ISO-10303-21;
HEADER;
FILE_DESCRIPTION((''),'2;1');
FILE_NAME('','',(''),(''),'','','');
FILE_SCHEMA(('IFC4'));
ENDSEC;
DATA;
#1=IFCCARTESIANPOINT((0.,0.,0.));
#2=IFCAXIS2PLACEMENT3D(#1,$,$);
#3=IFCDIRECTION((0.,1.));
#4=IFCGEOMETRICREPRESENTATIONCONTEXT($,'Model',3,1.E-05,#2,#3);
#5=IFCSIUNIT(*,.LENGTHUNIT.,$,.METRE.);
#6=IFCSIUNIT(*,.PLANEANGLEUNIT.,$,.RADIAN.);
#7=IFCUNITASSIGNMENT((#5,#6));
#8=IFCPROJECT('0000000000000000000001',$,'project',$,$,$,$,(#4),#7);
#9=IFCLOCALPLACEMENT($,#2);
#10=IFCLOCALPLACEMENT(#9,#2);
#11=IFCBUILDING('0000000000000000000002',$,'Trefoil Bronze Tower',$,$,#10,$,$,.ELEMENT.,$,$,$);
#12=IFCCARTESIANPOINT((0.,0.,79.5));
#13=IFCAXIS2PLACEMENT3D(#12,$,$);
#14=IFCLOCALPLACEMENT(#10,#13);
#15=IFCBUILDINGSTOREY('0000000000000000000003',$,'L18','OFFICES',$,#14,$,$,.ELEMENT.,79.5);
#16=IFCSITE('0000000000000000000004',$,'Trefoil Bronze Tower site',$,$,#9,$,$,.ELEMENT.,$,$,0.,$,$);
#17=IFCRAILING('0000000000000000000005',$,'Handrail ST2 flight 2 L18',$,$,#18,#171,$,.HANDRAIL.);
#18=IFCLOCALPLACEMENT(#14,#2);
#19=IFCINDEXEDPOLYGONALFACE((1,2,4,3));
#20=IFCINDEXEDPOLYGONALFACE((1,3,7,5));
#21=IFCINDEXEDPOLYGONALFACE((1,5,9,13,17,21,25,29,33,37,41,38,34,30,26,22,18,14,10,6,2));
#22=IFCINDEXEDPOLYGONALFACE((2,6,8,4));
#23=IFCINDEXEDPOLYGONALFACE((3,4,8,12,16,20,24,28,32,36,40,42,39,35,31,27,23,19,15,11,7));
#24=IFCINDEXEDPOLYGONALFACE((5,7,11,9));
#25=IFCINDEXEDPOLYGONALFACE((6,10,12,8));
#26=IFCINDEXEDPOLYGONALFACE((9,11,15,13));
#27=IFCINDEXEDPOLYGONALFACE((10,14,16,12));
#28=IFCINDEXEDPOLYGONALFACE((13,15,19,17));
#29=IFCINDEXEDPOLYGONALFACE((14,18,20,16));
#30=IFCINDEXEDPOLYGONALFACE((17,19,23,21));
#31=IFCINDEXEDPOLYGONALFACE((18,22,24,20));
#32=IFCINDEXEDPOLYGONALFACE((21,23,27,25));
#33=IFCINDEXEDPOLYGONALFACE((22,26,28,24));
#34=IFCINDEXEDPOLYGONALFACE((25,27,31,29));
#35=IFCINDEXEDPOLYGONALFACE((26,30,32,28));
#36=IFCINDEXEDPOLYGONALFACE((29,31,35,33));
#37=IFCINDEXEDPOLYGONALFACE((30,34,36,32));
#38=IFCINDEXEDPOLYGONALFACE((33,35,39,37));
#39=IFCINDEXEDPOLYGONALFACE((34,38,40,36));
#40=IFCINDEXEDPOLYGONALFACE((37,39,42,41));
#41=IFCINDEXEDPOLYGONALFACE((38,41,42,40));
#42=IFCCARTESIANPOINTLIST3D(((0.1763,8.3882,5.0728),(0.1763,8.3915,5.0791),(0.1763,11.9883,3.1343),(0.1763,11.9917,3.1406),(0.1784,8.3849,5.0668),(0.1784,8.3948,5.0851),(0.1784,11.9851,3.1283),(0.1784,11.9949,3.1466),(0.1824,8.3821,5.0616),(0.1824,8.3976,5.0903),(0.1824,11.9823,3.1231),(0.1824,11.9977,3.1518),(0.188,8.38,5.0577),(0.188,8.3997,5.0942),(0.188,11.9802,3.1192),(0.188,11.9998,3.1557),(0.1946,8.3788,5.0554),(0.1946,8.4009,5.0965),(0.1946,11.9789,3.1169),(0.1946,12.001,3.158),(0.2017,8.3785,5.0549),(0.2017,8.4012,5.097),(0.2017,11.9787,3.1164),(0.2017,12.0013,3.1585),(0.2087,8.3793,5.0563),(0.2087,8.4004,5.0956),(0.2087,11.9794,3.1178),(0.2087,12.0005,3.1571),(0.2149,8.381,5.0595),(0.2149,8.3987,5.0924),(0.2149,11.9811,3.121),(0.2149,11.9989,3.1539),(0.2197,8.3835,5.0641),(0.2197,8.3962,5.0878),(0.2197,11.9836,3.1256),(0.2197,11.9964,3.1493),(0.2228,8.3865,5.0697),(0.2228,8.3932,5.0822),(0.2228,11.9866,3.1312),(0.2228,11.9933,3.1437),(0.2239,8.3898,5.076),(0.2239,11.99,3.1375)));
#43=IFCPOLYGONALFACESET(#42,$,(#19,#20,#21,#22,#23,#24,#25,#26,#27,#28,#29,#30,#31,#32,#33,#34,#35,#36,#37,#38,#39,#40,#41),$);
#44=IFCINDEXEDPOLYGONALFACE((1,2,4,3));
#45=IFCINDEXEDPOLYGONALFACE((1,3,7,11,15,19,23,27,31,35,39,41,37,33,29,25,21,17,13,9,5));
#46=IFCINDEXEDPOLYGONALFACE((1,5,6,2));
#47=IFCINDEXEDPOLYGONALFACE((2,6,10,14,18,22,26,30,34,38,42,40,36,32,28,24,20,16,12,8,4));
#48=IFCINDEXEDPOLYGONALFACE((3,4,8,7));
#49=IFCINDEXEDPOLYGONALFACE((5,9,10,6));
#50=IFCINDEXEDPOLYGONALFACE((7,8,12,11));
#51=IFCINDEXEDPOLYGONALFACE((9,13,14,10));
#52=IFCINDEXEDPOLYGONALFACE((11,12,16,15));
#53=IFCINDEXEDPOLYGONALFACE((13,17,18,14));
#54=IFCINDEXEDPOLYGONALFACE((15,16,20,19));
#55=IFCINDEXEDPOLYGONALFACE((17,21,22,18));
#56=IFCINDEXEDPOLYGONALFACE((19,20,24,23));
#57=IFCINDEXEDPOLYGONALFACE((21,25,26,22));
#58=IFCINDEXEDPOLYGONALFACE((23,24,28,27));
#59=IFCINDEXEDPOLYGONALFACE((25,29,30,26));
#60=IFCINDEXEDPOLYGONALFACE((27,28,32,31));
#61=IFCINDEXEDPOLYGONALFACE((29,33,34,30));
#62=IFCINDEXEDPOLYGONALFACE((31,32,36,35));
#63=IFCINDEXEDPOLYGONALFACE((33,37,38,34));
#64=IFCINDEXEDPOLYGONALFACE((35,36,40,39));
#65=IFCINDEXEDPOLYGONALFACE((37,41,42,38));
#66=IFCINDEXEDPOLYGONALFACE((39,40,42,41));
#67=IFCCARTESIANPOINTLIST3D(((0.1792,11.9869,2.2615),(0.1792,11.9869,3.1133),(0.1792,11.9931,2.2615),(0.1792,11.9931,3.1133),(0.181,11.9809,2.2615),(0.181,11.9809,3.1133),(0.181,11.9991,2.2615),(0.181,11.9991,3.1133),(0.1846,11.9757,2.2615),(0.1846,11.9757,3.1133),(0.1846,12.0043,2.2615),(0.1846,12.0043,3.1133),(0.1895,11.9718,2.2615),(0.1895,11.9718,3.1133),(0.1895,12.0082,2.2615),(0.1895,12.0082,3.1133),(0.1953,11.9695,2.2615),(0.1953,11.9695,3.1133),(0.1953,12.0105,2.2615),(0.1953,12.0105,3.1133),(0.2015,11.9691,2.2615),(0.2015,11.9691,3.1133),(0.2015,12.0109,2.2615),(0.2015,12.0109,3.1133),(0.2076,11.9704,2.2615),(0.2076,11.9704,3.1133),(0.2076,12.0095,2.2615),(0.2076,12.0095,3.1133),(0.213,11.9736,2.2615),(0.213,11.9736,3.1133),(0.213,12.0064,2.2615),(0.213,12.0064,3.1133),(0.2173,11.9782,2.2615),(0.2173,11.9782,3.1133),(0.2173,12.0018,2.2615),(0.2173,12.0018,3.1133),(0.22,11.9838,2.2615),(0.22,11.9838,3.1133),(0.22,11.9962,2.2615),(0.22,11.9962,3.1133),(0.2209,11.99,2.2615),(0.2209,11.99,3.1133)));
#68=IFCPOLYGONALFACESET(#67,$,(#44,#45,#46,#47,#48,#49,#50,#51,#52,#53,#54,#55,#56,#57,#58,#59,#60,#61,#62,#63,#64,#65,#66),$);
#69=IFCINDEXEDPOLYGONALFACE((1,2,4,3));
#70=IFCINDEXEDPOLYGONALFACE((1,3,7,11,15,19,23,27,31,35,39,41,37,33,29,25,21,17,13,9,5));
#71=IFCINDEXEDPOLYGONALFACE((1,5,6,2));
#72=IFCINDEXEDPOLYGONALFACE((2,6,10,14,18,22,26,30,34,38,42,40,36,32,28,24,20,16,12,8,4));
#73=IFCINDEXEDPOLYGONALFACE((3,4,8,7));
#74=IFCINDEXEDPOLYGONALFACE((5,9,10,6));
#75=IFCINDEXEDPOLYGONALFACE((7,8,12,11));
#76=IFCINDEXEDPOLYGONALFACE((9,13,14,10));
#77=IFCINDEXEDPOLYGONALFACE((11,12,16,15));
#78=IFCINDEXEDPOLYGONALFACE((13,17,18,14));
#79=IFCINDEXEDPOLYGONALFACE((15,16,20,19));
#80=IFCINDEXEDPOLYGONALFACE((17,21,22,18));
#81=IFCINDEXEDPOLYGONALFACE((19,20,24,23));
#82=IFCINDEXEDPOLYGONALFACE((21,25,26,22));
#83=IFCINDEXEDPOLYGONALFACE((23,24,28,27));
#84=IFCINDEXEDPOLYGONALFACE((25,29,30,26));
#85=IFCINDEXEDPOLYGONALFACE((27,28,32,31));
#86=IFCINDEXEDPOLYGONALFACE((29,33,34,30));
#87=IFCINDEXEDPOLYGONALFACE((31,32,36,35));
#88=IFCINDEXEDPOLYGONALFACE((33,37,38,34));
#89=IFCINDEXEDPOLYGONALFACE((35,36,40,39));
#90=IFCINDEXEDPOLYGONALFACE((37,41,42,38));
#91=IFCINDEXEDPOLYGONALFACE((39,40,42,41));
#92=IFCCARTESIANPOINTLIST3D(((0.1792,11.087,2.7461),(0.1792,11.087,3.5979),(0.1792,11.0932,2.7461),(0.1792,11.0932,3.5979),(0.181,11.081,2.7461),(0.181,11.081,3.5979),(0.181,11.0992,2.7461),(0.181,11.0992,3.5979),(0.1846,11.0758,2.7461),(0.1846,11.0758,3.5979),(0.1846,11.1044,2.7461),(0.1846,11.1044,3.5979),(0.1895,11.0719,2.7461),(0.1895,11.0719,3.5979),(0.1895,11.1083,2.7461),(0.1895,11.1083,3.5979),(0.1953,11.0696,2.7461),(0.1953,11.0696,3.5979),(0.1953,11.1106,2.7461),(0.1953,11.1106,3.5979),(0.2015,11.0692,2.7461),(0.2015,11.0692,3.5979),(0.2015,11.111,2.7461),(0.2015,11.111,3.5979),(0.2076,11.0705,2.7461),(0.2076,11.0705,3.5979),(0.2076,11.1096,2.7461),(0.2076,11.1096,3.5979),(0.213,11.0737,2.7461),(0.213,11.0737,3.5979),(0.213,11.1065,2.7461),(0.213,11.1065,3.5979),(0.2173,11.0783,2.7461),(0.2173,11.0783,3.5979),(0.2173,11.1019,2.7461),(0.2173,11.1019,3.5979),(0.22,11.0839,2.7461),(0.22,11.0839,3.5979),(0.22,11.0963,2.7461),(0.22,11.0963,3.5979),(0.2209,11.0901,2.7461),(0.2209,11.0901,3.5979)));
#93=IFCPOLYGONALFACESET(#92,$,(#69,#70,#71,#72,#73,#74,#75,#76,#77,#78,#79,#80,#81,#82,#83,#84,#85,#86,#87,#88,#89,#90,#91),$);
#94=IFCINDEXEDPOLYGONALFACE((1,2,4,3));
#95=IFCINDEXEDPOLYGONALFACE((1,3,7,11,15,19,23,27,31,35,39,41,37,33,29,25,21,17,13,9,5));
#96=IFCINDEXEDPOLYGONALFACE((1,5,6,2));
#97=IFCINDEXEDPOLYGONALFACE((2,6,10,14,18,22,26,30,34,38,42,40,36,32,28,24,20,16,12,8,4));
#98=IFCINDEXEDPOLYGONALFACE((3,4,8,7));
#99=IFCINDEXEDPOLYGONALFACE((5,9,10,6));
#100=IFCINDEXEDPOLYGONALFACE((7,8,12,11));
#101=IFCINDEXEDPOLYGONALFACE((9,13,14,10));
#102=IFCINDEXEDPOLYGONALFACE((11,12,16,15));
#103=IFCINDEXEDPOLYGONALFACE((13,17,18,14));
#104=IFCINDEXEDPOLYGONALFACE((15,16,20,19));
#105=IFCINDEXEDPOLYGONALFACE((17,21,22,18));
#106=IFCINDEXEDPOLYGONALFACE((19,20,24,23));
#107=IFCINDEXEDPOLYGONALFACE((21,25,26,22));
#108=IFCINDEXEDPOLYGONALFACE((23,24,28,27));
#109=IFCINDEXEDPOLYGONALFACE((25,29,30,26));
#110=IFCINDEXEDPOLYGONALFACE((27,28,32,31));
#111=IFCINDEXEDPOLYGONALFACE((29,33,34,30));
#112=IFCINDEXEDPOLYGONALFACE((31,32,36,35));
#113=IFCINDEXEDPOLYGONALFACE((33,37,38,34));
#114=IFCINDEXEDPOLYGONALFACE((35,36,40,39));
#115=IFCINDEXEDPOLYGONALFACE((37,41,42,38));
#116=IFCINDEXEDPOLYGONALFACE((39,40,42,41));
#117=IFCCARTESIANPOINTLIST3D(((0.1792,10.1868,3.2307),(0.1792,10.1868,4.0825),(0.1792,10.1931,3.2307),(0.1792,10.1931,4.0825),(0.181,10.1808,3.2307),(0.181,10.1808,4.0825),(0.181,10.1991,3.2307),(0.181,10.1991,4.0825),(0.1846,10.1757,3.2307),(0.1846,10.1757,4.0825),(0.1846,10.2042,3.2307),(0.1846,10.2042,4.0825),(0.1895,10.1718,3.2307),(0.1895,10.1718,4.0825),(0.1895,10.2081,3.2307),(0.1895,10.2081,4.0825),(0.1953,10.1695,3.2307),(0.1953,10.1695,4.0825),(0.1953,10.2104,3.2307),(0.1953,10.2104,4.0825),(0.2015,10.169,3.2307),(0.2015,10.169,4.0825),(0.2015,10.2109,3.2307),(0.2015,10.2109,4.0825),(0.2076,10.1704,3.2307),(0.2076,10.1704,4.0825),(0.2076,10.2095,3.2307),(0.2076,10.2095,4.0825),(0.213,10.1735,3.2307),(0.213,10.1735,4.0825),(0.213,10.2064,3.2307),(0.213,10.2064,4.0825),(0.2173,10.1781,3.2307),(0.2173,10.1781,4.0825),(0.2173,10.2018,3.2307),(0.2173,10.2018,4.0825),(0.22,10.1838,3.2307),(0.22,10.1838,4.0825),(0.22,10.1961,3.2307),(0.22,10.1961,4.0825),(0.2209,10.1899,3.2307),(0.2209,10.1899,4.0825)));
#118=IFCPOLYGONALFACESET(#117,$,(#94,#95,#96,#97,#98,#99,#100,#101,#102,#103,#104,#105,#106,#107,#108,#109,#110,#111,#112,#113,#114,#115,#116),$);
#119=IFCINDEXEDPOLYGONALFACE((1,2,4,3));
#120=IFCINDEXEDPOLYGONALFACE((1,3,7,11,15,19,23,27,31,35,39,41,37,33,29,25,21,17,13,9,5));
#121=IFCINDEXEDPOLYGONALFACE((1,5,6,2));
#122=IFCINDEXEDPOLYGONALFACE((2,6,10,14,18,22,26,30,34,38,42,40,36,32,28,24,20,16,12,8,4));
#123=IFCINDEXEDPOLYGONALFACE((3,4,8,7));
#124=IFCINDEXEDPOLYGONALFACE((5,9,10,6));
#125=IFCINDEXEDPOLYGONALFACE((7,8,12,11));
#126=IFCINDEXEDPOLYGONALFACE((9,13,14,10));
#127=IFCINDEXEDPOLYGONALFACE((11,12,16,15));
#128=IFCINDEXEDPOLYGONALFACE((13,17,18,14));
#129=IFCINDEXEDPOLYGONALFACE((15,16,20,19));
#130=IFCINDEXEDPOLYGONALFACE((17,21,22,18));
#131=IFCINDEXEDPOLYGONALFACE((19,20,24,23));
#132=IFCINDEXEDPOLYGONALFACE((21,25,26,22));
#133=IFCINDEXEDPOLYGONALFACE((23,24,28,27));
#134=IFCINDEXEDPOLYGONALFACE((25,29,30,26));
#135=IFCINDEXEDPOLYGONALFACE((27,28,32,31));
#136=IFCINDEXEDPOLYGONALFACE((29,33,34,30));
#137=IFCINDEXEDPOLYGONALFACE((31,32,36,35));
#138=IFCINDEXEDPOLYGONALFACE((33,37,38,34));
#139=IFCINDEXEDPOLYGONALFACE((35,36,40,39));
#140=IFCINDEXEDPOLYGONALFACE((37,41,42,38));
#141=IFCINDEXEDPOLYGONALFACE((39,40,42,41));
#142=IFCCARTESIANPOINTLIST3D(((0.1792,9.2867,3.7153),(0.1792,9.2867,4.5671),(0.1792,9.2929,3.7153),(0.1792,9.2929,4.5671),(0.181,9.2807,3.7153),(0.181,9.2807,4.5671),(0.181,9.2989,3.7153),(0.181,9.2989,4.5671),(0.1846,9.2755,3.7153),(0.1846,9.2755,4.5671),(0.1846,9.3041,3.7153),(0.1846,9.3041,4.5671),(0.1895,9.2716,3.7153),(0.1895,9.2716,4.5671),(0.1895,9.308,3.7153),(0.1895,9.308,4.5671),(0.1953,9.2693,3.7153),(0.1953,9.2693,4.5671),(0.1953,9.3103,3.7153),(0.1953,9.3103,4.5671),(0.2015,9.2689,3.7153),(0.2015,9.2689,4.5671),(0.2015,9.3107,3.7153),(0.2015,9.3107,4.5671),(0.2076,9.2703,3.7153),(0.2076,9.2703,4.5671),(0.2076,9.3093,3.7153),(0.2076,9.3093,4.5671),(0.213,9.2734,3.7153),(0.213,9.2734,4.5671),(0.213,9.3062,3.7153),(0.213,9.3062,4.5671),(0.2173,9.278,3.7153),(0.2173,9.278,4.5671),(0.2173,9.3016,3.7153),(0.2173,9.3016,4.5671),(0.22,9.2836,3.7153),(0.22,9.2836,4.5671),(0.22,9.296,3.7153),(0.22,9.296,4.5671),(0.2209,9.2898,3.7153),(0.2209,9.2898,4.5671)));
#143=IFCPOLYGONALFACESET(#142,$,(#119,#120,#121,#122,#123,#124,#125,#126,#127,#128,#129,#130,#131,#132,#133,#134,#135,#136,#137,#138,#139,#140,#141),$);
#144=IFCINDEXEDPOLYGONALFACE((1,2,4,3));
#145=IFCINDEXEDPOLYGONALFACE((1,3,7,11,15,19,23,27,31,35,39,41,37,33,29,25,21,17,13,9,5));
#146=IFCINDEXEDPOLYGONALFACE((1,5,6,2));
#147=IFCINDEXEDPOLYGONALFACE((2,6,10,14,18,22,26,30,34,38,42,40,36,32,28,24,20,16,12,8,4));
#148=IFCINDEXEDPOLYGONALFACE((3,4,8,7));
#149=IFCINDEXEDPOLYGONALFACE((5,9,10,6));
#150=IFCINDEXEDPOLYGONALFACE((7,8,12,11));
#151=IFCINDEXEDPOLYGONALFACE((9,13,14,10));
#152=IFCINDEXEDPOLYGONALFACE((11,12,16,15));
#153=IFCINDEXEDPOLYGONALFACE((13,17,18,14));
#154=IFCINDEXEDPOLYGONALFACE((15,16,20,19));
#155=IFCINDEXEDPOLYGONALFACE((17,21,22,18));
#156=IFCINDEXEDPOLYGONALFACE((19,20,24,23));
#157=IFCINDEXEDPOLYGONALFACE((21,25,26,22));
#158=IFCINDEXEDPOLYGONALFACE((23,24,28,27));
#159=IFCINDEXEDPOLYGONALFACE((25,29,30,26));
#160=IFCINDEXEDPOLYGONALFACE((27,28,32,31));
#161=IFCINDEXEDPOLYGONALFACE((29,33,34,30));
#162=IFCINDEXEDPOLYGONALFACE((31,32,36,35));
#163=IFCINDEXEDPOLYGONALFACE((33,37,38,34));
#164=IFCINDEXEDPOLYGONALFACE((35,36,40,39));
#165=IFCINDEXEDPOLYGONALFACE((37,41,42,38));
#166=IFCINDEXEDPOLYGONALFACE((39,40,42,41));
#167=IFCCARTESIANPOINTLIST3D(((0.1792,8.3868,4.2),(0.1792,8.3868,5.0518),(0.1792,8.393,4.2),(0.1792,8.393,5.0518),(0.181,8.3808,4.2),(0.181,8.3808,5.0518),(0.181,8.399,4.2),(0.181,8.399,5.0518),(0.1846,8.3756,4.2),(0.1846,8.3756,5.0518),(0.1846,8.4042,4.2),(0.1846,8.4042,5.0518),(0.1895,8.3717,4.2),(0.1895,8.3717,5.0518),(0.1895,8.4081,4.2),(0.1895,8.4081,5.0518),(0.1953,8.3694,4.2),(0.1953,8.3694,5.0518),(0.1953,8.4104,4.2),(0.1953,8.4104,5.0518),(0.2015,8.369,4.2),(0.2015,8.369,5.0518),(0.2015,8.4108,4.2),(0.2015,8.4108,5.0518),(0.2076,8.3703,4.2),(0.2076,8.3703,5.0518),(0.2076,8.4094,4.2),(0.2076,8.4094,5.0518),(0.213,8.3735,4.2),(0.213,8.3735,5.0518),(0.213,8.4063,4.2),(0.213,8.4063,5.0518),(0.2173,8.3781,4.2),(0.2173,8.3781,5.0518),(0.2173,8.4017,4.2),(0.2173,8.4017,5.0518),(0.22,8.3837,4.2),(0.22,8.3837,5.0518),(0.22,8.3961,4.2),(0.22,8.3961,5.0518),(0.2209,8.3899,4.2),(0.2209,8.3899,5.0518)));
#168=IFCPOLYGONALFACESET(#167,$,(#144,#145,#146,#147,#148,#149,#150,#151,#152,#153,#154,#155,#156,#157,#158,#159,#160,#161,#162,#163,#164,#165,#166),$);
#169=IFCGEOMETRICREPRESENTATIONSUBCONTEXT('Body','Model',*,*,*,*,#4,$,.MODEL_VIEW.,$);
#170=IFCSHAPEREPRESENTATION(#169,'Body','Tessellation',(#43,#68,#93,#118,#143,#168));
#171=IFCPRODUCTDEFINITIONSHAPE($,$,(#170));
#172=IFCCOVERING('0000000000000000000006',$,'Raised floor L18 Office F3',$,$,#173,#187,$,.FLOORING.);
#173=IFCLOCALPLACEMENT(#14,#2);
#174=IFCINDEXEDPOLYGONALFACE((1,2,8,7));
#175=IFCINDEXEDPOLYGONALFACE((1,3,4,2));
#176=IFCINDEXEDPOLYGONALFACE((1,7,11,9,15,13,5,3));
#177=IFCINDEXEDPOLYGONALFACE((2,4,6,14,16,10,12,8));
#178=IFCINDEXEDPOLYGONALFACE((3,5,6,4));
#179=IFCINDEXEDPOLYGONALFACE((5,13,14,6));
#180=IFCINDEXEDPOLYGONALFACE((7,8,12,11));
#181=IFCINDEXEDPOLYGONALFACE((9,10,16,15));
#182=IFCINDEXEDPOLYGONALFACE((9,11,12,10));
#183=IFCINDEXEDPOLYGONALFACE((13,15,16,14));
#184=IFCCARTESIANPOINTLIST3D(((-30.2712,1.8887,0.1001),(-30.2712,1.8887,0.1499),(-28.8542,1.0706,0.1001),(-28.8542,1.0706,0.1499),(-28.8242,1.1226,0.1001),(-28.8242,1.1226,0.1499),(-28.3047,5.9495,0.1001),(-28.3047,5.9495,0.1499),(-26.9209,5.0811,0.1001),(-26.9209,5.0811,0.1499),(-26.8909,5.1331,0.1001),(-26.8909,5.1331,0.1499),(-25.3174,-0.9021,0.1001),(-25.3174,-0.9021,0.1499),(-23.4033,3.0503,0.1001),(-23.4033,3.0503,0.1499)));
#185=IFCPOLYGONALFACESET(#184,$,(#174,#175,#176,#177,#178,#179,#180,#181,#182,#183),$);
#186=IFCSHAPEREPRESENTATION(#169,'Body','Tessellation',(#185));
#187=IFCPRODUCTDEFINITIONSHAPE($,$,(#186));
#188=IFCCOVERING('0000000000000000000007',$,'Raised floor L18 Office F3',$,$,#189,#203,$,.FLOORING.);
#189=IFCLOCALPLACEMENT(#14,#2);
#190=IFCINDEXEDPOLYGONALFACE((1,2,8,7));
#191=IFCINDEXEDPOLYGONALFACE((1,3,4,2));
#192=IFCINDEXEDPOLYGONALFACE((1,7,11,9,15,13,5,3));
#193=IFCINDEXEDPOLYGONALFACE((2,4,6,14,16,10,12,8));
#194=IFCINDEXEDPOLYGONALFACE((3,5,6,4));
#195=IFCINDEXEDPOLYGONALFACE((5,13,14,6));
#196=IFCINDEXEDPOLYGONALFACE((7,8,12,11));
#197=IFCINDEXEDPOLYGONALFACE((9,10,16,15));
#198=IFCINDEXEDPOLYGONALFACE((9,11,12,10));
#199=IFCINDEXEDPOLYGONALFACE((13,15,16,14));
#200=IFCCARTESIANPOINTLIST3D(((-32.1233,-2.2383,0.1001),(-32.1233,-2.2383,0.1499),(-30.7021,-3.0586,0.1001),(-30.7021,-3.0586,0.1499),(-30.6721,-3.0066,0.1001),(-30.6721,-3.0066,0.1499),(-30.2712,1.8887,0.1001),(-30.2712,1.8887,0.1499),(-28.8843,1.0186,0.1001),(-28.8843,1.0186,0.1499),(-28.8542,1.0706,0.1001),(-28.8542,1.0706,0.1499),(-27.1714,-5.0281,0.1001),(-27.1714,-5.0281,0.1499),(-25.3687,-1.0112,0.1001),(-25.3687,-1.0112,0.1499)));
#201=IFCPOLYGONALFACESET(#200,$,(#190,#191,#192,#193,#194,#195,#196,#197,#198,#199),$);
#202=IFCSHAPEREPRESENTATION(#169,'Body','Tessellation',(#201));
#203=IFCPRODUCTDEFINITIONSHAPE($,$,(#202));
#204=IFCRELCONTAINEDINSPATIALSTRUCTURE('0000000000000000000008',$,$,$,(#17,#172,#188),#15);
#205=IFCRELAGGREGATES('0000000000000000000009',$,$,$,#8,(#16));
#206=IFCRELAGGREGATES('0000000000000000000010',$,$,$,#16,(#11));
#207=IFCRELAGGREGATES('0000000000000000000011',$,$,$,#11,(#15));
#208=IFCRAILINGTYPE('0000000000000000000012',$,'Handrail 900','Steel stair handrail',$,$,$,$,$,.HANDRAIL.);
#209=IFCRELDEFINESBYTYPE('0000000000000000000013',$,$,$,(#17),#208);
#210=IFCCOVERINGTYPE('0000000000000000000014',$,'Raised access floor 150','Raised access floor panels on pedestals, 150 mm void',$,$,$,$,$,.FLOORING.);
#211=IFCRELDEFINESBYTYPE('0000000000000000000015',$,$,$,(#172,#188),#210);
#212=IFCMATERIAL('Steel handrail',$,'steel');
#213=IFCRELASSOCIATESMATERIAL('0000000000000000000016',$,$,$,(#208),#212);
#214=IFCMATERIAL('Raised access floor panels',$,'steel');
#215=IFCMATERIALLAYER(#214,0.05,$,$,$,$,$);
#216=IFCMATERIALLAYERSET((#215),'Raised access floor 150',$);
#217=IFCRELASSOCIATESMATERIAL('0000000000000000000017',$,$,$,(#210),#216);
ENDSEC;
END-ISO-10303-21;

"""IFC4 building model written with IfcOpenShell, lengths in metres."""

from ifc_helpers import new_model, si_unit, direction, frame, origin, origin_2d, place, context, subcontext, project, spatial, polyline, circle, outline, extrude, material, layer, layer_set, type_object, element, save


model = new_model("IFC4")

# Units and contexts
model_context = context("Model", 3, precision=1e-05, world=origin(), true_north=direction((0.0, 1.0)))
body_context = subcontext(model_context, "Body", "Model", "MODEL_VIEW")
ifc_project = project(units=[si_unit("LENGTHUNIT", "METRE"), si_unit("PLANEANGLEUNIT", "RADIAN")], contexts=[model_context])

# Site, building, storey
site_placement = place(None, origin())
site = spatial("IfcSite", under=ifc_project, at=site_placement, Name="Trefoil Bronze Tower site", CompositionType="ELEMENT", RefElevation=0.0)
building_placement = place(site_placement, origin())
building = spatial("IfcBuilding", under=site, at=building_placement, Name="Trefoil Bronze Tower", CompositionType="ELEMENT")
storey_placement = place(building_placement, frame((0.0, 0.0, 79.5)))
storey = spatial("IfcBuildingStorey", under=building, at=storey_placement, Name="L18", Description="OFFICES", CompositionType="ELEMENT", Elevation=79.5)

# Railing
ifc_material_1 = material(Name="Steel handrail", Category="steel")
railing_type = type_object("IfcRailingType", Name="Handrail 900", Description="Steel stair handrail", PredefinedType="HANDRAIL", material=ifc_material_1)
railing_placement = place(storey_placement, frame((0.2, 11.99, 2.2615)))
element("IfcRailing", 1, at=railing_placement, inside=storey, type_object=railing_type, Name="Handrail ST2 flight 2 L18", PredefinedType="HANDRAIL", context=body_context, shape_type="SweptSolid", body=[
    extrude(circle(Radius=0.0239, at=origin_2d()), frame((0.0, 0.0, 0.876), z_axis=(0.0, -0.880475, 0.474093), x_axis=(1.0, 0.0, 0.0)), (0.0, 0.0, 1.0), 4.0889),
    extrude(circle(Radius=0.021, at=origin_2d()), origin(), (0.0, 0.0, 1.0), 0.8518),
    extrude(circle(Radius=0.021, at=origin_2d()), frame((0.0, -0.8999, 0.4846)), (0.0, 0.0, 1.0), 0.8518),
    extrude(circle(Radius=0.021, at=origin_2d()), frame((0.0, -1.8, 0.9692)), (0.0, 0.0, 1.0), 0.8518),
    extrude(circle(Radius=0.021, at=origin_2d()), frame((0.0, -2.7002, 1.4539)), (0.0, 0.0, 1.0), 0.8518),
    extrude(circle(Radius=0.021, at=origin_2d()), frame((0.0, -3.6001, 1.9385)), (0.0, 0.0, 1.0), 0.8518),
])

# Coverings
ifc_material_2 = material(Name="Raised access floor panels", Category="steel")
ifc_layer_1 = layer(ifc_material_2, 0.05)
ifc_layer_set_1 = layer_set([ifc_layer_1], Name="Raised access floor 150")
covering_type = type_object("IfcCoveringType", Name="Raised access floor 150", Description="Raised access floor panels on pedestals, 150 mm void", PredefinedType="FLOORING", material=ifc_layer_set_1)
covering_1_placement = place(storey_placement, frame((0.0, 0.0, 0.1001)))
element("IfcCovering", 2, at=covering_1_placement, inside=storey, type_object=covering_type, Name="Raised floor L18 Office F3", PredefinedType="FLOORING", context=body_context, shape_type="SweptSolid", body=[
    extrude(outline(polyline([(-30.2712, 1.8887), (-28.3047, 5.9495), (-26.8909, 5.1331), (-26.9209, 5.0811), (-23.4033, 3.0503), (-25.3174, -0.9021), (-28.8242, 1.1226), (-28.8542, 1.0706), (-30.2712, 1.8887)])), origin(), (0.0, 0.0, 1.0), 0.0498),
])
covering_2_placement = place(storey_placement, frame((0.0, 0.0, 0.1001)))
element("IfcCovering", 3, at=covering_2_placement, inside=storey, type_object=covering_type, Name="Raised floor L18 Office F3", PredefinedType="FLOORING", context=body_context, shape_type="SweptSolid", body=[
    extrude(outline(polyline([(-30.2712, 1.8887), (-28.8542, 1.0706), (-28.8843, 1.0186), (-25.3687, -1.0112), (-27.1714, -5.0281), (-30.6721, -3.0066), (-30.7021, -3.0586), (-32.1233, -2.2383), (-30.2712, 1.8887)])), origin(), (0.0, 0.0, 1.0), 0.0498),
])

save(model, "model.ifc")
